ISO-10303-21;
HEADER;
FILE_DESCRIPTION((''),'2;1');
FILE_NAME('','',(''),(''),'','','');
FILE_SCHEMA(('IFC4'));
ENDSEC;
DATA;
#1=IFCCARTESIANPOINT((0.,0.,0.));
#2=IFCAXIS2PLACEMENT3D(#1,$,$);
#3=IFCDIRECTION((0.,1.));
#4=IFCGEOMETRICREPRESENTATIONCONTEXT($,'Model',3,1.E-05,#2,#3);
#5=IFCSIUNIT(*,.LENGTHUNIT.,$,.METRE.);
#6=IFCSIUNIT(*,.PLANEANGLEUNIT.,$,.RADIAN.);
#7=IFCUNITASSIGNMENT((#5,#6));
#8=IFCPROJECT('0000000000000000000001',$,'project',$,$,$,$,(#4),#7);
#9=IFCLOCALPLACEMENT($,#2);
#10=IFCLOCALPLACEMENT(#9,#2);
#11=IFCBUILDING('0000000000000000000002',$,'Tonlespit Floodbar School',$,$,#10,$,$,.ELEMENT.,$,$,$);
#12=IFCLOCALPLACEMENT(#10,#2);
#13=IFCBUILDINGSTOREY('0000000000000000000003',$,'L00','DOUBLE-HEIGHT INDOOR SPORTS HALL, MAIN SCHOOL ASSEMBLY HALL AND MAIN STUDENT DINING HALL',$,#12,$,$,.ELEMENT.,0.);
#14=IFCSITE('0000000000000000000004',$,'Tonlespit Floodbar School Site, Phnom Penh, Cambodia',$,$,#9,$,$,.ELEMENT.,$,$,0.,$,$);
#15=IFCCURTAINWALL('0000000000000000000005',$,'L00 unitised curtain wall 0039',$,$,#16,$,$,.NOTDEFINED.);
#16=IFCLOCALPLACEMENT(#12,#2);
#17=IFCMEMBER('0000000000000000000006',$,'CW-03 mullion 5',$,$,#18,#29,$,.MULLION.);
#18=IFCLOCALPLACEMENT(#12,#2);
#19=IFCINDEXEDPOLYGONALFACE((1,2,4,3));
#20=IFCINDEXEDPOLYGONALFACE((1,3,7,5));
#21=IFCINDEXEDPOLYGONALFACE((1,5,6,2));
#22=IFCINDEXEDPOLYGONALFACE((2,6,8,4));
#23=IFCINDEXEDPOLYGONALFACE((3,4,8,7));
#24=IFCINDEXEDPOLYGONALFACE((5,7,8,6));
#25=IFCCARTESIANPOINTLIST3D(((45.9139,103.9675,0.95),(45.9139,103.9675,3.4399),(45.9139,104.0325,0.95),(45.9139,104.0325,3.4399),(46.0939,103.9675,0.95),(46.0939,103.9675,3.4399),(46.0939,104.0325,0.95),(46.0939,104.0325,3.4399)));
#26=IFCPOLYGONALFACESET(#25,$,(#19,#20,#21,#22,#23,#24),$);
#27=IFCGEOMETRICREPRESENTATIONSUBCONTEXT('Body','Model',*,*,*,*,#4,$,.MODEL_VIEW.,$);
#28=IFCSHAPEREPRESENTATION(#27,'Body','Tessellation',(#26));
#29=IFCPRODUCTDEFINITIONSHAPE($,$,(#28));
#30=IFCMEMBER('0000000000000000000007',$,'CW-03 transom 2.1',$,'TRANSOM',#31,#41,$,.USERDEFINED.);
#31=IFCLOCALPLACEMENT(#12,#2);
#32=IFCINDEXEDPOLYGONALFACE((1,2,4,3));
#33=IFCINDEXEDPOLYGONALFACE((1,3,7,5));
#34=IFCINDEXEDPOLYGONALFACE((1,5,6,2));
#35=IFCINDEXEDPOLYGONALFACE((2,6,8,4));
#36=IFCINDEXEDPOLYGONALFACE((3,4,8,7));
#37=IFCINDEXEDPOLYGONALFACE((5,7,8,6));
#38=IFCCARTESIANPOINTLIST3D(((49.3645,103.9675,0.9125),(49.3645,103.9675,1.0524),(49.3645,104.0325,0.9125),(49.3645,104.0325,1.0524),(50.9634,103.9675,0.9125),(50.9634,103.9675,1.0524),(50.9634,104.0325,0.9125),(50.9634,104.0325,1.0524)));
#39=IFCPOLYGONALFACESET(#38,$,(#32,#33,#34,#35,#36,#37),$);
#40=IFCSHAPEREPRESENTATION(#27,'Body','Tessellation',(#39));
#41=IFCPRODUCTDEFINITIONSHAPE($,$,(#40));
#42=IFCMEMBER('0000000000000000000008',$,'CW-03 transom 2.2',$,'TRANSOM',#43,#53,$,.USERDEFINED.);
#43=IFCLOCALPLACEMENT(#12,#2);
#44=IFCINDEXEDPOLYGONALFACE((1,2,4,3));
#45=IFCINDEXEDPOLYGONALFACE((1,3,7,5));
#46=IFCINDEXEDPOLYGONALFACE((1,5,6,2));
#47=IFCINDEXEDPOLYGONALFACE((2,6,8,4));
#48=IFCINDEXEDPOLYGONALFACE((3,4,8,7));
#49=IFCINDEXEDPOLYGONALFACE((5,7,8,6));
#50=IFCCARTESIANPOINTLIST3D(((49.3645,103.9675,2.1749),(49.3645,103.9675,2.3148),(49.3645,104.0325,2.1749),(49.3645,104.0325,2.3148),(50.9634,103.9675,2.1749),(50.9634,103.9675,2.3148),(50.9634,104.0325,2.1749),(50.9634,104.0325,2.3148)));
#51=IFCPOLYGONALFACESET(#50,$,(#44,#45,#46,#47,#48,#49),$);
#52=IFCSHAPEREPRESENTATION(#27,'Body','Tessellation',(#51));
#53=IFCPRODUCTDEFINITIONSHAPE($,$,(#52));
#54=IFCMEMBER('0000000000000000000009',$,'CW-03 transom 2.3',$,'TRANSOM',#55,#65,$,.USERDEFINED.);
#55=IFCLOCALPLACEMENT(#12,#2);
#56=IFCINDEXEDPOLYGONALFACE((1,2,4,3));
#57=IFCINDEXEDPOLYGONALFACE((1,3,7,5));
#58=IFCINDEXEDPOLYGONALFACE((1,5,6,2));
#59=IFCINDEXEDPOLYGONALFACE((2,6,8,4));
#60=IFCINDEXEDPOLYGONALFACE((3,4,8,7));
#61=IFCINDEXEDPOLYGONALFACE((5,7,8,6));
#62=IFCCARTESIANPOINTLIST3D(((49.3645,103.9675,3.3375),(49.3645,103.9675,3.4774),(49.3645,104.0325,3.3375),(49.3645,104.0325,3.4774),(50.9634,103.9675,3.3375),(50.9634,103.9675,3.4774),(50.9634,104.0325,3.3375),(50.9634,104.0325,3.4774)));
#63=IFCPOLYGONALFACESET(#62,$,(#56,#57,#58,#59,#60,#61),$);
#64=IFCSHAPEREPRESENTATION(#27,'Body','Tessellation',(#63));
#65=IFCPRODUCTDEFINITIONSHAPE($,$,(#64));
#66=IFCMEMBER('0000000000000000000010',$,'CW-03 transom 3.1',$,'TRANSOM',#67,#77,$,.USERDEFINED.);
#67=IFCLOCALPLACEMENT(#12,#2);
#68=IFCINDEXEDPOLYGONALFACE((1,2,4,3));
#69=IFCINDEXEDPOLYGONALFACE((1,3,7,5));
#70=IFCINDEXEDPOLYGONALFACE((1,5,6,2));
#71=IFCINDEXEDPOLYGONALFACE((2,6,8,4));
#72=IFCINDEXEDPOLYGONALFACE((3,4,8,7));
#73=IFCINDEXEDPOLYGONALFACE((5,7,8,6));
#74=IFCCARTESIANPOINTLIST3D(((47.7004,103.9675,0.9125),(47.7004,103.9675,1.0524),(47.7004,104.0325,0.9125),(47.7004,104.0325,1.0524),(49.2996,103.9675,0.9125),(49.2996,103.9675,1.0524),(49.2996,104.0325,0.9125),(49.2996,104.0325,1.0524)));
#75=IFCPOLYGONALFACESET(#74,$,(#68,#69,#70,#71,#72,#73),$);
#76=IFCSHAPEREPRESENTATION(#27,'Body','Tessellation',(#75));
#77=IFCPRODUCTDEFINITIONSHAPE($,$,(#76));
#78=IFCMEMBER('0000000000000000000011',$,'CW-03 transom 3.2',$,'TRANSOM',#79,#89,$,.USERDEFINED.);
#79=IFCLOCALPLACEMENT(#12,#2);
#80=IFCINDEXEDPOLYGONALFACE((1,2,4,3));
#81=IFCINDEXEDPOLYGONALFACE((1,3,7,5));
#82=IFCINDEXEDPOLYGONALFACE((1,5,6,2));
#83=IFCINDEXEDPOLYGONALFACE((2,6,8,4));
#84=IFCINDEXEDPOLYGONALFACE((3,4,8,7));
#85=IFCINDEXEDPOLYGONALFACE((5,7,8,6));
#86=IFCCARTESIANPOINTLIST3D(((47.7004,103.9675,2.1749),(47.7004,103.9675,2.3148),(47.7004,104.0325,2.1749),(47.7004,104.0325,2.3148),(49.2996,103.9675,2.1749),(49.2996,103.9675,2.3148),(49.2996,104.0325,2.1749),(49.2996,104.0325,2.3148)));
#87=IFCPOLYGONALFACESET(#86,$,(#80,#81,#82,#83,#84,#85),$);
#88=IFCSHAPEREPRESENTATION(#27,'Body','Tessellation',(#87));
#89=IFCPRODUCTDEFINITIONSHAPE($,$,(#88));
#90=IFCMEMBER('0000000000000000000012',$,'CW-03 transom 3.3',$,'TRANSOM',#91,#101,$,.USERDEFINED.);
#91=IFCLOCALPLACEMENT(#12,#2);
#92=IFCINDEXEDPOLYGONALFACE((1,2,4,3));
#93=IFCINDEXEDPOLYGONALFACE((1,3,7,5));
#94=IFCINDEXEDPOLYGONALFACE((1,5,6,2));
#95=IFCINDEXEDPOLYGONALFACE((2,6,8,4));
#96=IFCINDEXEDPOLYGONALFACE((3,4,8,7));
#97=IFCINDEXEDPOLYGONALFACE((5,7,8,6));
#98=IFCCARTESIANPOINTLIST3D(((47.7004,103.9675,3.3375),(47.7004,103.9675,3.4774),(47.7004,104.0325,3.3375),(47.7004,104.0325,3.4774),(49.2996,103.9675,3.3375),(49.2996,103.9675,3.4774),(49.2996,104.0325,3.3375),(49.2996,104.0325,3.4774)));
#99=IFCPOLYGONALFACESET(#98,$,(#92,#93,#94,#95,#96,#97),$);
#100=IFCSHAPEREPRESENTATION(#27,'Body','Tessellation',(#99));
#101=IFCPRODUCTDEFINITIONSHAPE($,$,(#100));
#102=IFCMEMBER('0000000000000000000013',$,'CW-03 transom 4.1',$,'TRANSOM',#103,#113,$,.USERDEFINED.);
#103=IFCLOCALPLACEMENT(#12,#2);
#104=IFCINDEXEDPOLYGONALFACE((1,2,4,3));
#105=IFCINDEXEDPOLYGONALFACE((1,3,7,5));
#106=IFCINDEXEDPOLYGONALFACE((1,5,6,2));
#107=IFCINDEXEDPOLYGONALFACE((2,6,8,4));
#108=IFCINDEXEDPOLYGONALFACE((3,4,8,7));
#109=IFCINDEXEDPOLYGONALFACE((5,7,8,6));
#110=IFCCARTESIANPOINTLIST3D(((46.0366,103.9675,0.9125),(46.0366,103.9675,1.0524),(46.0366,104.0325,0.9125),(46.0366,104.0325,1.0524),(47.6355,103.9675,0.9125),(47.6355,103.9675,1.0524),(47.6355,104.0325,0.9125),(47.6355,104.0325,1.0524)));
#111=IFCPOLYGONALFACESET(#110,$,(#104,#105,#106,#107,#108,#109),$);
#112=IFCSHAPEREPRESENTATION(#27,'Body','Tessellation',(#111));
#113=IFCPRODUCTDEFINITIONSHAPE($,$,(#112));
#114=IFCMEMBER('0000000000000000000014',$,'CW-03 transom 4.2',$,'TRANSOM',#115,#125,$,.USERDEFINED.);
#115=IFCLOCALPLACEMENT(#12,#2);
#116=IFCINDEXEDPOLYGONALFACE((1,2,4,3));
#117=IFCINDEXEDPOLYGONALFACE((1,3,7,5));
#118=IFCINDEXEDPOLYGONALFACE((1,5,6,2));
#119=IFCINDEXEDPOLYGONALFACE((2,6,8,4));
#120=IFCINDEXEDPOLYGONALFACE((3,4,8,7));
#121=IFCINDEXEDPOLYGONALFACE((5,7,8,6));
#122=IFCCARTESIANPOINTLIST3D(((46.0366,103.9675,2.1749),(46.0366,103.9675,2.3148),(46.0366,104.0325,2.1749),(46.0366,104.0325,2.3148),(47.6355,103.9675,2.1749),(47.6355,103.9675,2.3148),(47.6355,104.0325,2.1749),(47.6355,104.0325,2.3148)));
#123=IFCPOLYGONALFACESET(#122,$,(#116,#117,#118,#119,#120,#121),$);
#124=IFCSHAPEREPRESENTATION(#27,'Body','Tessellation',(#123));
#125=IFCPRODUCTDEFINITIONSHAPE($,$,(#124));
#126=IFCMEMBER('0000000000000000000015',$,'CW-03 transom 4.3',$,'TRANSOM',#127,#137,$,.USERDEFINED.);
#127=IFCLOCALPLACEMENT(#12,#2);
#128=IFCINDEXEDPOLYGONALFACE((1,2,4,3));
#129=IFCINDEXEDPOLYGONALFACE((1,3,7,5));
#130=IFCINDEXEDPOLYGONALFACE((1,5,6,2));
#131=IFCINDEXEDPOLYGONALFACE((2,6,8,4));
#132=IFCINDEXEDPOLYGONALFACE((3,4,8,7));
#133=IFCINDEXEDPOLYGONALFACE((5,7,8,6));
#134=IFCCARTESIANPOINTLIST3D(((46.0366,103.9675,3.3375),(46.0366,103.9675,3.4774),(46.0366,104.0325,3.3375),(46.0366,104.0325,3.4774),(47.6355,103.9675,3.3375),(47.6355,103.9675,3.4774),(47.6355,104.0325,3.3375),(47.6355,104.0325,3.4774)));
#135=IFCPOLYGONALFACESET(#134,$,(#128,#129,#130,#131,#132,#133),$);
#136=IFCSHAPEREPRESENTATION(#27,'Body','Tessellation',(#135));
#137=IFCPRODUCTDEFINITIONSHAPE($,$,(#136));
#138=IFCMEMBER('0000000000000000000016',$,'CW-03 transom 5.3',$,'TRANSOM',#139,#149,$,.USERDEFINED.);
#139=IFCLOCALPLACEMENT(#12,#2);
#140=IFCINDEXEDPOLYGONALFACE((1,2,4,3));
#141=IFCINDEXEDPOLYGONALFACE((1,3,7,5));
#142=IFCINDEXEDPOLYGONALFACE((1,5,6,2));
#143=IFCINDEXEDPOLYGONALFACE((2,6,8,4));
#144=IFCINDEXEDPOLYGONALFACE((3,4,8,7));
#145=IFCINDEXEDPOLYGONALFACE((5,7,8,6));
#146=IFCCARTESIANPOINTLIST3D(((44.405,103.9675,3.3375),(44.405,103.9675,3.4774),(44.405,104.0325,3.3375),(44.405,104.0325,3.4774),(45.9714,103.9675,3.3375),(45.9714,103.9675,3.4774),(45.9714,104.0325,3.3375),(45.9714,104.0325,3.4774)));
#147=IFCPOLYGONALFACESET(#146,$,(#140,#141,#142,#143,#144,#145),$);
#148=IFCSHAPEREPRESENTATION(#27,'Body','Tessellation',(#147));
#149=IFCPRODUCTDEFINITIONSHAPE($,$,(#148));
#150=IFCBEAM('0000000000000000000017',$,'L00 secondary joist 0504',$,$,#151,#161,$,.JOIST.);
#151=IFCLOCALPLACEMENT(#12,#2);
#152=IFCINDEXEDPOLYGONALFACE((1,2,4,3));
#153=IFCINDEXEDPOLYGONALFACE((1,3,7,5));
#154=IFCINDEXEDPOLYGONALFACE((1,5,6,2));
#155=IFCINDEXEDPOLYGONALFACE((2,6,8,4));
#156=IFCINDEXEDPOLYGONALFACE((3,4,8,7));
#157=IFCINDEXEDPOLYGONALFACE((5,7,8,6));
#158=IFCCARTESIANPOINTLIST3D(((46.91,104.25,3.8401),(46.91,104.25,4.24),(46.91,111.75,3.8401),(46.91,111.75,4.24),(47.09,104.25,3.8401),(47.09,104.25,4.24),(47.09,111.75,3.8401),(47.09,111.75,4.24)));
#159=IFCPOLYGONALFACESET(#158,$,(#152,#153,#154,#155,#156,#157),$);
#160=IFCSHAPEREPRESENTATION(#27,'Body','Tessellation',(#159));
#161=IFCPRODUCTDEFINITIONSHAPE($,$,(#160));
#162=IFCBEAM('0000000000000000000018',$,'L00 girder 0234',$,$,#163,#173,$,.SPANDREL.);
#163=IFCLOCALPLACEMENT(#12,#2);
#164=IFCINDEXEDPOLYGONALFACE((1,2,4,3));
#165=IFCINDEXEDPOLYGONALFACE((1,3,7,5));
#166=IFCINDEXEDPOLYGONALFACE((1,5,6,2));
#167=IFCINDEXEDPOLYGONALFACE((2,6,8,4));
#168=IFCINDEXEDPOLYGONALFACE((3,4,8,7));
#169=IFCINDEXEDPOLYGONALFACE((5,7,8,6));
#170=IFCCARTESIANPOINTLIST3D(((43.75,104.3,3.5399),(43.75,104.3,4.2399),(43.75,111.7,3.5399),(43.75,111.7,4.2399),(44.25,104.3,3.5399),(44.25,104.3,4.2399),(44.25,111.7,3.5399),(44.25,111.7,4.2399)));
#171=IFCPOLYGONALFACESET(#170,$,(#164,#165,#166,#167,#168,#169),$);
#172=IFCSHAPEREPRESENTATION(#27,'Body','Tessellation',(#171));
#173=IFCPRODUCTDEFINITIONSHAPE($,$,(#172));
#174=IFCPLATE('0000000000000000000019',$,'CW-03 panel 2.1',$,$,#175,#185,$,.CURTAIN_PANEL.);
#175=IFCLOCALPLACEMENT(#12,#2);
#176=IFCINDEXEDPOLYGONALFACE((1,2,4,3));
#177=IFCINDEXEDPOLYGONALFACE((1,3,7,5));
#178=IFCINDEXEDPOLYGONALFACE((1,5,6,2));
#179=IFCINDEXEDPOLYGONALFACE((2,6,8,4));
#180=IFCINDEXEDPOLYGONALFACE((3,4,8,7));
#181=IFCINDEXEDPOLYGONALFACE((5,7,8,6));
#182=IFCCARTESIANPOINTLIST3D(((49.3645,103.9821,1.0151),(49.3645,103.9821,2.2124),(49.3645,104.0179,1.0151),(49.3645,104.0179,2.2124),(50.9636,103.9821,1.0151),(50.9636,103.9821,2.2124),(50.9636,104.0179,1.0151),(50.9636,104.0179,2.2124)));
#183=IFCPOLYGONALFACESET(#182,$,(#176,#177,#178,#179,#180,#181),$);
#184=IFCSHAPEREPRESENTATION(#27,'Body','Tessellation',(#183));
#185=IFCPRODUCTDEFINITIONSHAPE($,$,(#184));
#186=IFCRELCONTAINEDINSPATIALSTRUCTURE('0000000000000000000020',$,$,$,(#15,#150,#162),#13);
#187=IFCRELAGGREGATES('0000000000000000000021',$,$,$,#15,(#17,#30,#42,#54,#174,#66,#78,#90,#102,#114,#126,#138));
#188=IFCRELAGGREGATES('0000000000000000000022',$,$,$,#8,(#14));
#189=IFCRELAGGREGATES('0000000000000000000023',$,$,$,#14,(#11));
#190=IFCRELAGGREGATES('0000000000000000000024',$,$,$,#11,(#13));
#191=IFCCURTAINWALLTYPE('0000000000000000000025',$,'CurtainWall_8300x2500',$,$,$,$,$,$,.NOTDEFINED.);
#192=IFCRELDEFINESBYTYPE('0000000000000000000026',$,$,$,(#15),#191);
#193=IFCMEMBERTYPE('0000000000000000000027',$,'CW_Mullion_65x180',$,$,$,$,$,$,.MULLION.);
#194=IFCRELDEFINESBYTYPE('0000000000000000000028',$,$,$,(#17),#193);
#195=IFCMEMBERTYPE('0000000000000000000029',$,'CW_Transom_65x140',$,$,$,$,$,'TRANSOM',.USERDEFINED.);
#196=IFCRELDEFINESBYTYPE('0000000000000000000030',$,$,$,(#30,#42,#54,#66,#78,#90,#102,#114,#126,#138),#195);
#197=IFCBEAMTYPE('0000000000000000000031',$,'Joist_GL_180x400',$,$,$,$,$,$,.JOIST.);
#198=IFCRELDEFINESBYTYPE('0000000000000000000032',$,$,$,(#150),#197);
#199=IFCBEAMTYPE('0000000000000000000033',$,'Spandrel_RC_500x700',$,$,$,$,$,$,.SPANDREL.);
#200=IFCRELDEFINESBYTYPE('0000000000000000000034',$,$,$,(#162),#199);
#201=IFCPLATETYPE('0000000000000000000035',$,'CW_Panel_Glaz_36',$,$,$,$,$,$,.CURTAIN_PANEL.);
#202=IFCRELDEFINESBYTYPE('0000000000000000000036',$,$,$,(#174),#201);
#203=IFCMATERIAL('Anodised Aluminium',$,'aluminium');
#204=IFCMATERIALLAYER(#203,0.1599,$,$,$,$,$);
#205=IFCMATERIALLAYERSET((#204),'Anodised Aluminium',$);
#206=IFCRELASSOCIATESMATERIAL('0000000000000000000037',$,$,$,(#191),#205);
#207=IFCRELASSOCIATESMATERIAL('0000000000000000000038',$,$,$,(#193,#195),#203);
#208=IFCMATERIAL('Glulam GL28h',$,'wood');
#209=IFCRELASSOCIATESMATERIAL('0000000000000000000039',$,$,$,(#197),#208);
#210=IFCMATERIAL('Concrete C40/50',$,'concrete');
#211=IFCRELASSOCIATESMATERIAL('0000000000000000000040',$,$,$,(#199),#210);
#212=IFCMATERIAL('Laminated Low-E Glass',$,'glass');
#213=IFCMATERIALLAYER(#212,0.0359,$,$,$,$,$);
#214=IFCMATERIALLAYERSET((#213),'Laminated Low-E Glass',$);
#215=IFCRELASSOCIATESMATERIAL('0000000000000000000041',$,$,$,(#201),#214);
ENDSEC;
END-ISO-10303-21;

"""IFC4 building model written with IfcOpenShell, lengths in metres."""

from ifc_helpers import new_model, si_unit, direction, frame, origin, origin_2d, place, context, subcontext, project, spatial, rectangle, extrude, material, layer, layer_set, material_profile, profile_set, type_object, element, aggregate, save


model = new_model("IFC4")

# Units and contexts
model_context = context("Model", 3, precision=1e-05, world=origin(), true_north=direction((0.0, 1.0)))
body_context = subcontext(model_context, "Body", "Model", "MODEL_VIEW")
ifc_project = project(units=[si_unit("LENGTHUNIT", "METRE"), si_unit("PLANEANGLEUNIT", "RADIAN")], contexts=[model_context])

# Site, building, storey
site_placement = place(None, origin())
site = spatial("IfcSite", under=ifc_project, at=site_placement, Name="Tonlespit Floodbar School Site, Phnom Penh, Cambodia", CompositionType="ELEMENT", RefElevation=0.0)
building_placement = place(site_placement, origin())
building = spatial("IfcBuilding", under=site, at=building_placement, Name="Tonlespit Floodbar School", CompositionType="ELEMENT")
storey_placement = place(building_placement, origin())
storey = spatial("IfcBuildingStorey", under=building, at=storey_placement, Name="L00", Description="DOUBLE-HEIGHT INDOOR SPORTS HALL, MAIN SCHOOL ASSEMBLY HALL AND MAIN STUDENT DINING HALL", CompositionType="ELEMENT", Elevation=0.0)

# Shared definitions
ifc_material_1 = material(Name="Concrete C40/50", Category="concrete")

# Curtain wall, members
ifc_material_2 = material(Name="Anodised Aluminium", Category="aluminium")
ifc_layer_1 = layer(ifc_material_2, 0.1599)
ifc_layer_set_1 = layer_set([ifc_layer_1], Name="Anodised Aluminium")
curtain_wall_type = type_object("IfcCurtainWallType", Name="CurtainWall_8300x2500", PredefinedType="NOTDEFINED", material=ifc_layer_set_1)
curtain_wall_placement = place(storey_placement, origin())
curtain_wall = element("IfcCurtainWall", 1, at=curtain_wall_placement, inside=storey, type_object=curtain_wall_type, Name="L00 unitised curtain wall 0039", PredefinedType="NOTDEFINED")
ifc_material_profile_1 = material_profile(ifc_material_2, rectangle(XDim=0.0649, YDim=0.1799, at=origin_2d()), Name="ALU M65x180")
ifc_profile_set_1 = profile_set([ifc_material_profile_1], Name="Anodised Aluminium")
member_type_1 = type_object("IfcMemberType", Name="CW_Mullion_65x180", PredefinedType="MULLION", material=ifc_profile_set_1)
member_1_placement = place(storey_placement, frame((46.0039, 104.0, 0.95), z_axis=(0.0, 0.0, 1.0), x_axis=(0.0, -1.0, 0.0)))
member_1 = element("IfcMember", 2, at=member_1_placement, type_object=member_type_1, Name="CW-03 mullion 5", PredefinedType="MULLION", context=body_context, shape_type="SweptSolid", body=[
    extrude(rectangle(XDim=0.0649, YDim=0.1799, at=origin_2d()), origin(), (0.0, 0.0, 1.0), 2.49),
])
ifc_material_profile_2 = material_profile(ifc_material_2, rectangle(XDim=0.0649, YDim=0.1399, at=origin_2d()), Name="ALU T65x140")
ifc_profile_set_2 = profile_set([ifc_material_profile_2], Name="Anodised Aluminium")
member_type_2 = type_object("IfcMemberType", Name="CW_Transom_65x140", ElementType="TRANSOM", PredefinedType="USERDEFINED", material=ifc_profile_set_2)
member_2_placement = place(storey_placement, frame((50.9634, 104.0, 0.9824), z_axis=(-1.0, 0.0, 0.0), x_axis=(0.0, -1.0, 0.0)))
member_2 = element("IfcMember", 3, at=member_2_placement, type_object=member_type_2, Name="CW-03 transom 2.1", ObjectType="TRANSOM", PredefinedType="USERDEFINED", context=body_context, shape_type="SweptSolid", body=[
    extrude(rectangle(XDim=0.0649, YDim=0.1399, at=origin_2d()), origin(), (0.0, 0.0, 1.0), 1.5989),
])
member_3_placement = place(storey_placement, frame((50.9634, 104.0, 2.2449), z_axis=(-1.0, 0.0, 0.0), x_axis=(0.0, -1.0, 0.0)))
member_3 = element("IfcMember", 4, at=member_3_placement, type_object=member_type_2, Name="CW-03 transom 2.2", ObjectType="TRANSOM", PredefinedType="USERDEFINED", context=body_context, shape_type="SweptSolid", body=[
    extrude(rectangle(XDim=0.0649, YDim=0.1399, at=origin_2d()), origin(), (0.0, 0.0, 1.0), 1.5989),
])
member_4_placement = place(storey_placement, frame((50.9634, 104.0, 3.4075), z_axis=(-1.0, 0.0, 0.0), x_axis=(0.0, -1.0, 0.0)))
member_4 = element("IfcMember", 5, at=member_4_placement, type_object=member_type_2, Name="CW-03 transom 2.3", ObjectType="TRANSOM", PredefinedType="USERDEFINED", context=body_context, shape_type="SweptSolid", body=[
    extrude(rectangle(XDim=0.0649, YDim=0.1399, at=origin_2d()), origin(), (0.0, 0.0, 1.0), 1.5989),
])
member_5_placement = place(storey_placement, frame((49.2996, 104.0, 0.9824), z_axis=(-1.0, 0.0, 0.0), x_axis=(0.0, -1.0, 0.0)))
member_5 = element("IfcMember", 6, at=member_5_placement, type_object=member_type_2, Name="CW-03 transom 3.1", ObjectType="TRANSOM", PredefinedType="USERDEFINED", context=body_context, shape_type="SweptSolid", body=[
    extrude(rectangle(XDim=0.0649, YDim=0.1399, at=origin_2d()), origin(), (0.0, 0.0, 1.0), 1.5991),
])
member_6_placement = place(storey_placement, frame((49.2996, 104.0, 2.2449), z_axis=(-1.0, 0.0, 0.0), x_axis=(0.0, -1.0, 0.0)))
member_6 = element("IfcMember", 7, at=member_6_placement, type_object=member_type_2, Name="CW-03 transom 3.2", ObjectType="TRANSOM", PredefinedType="USERDEFINED", context=body_context, shape_type="SweptSolid", body=[
    extrude(rectangle(XDim=0.0649, YDim=0.1399, at=origin_2d()), origin(), (0.0, 0.0, 1.0), 1.5991),
])
member_7_placement = place(storey_placement, frame((49.2996, 104.0, 3.4075), z_axis=(-1.0, 0.0, 0.0), x_axis=(0.0, -1.0, 0.0)))
member_7 = element("IfcMember", 8, at=member_7_placement, type_object=member_type_2, Name="CW-03 transom 3.3", ObjectType="TRANSOM", PredefinedType="USERDEFINED", context=body_context, shape_type="SweptSolid", body=[
    extrude(rectangle(XDim=0.0649, YDim=0.1399, at=origin_2d()), origin(), (0.0, 0.0, 1.0), 1.5991),
])
member_8_placement = place(storey_placement, frame((47.6355, 104.0, 0.9824), z_axis=(-1.0, 0.0, 0.0), x_axis=(0.0, -1.0, 0.0)))
member_8 = element("IfcMember", 9, at=member_8_placement, type_object=member_type_2, Name="CW-03 transom 4.1", ObjectType="TRANSOM", PredefinedType="USERDEFINED", context=body_context, shape_type="SweptSolid", body=[
    extrude(rectangle(XDim=0.0649, YDim=0.1399, at=origin_2d()), origin(), (0.0, 0.0, 1.0), 1.5989),
])
member_9_placement = place(storey_placement, frame((47.6355, 104.0, 2.2449), z_axis=(-1.0, 0.0, 0.0), x_axis=(0.0, -1.0, 0.0)))
member_9 = element("IfcMember", 10, at=member_9_placement, type_object=member_type_2, Name="CW-03 transom 4.2", ObjectType="TRANSOM", PredefinedType="USERDEFINED", context=body_context, shape_type="SweptSolid", body=[
    extrude(rectangle(XDim=0.0649, YDim=0.1399, at=origin_2d()), origin(), (0.0, 0.0, 1.0), 1.5989),
])
member_10_placement = place(storey_placement, frame((47.6355, 104.0, 3.4075), z_axis=(-1.0, 0.0, 0.0), x_axis=(0.0, -1.0, 0.0)))
member_10 = element("IfcMember", 11, at=member_10_placement, type_object=member_type_2, Name="CW-03 transom 4.3", ObjectType="TRANSOM", PredefinedType="USERDEFINED", context=body_context, shape_type="SweptSolid", body=[
    extrude(rectangle(XDim=0.0649, YDim=0.1399, at=origin_2d()), origin(), (0.0, 0.0, 1.0), 1.5989),
])
member_11_placement = place(storey_placement, frame((45.9714, 104.0, 3.4075), z_axis=(-1.0, 0.0, 0.0), x_axis=(0.0, -1.0, 0.0)))
member_11 = element("IfcMember", 12, at=member_11_placement, type_object=member_type_2, Name="CW-03 transom 5.3", ObjectType="TRANSOM", PredefinedType="USERDEFINED", context=body_context, shape_type="SweptSolid", body=[
    extrude(rectangle(XDim=0.0649, YDim=0.1399, at=origin_2d()), origin(), (0.0, 0.0, 1.0), 1.5664),
])

# Beams
ifc_material_3 = material(Name="Glulam GL28h", Category="wood")
ifc_material_profile_3 = material_profile(ifc_material_3, rectangle(XDim=0.1799, YDim=0.3999, at=origin_2d()), Name="GL 180x400")
ifc_profile_set_3 = profile_set([ifc_material_profile_3], Name="Glulam GL28h")
beam_type_1 = type_object("IfcBeamType", Name="Joist_GL_180x400", PredefinedType="JOIST", material=ifc_profile_set_3)
beam_1_placement = place(storey_placement, frame((47.0, 104.25, 4.04), z_axis=(0.0, 1.0, 0.0), x_axis=(-1.0, 0.0, 0.0)))
element("IfcBeam", 13, at=beam_1_placement, inside=storey, type_object=beam_type_1, Name="L00 secondary joist 0504", PredefinedType="JOIST", context=body_context, shape_type="SweptSolid", body=[
    extrude(rectangle(XDim=0.1799, YDim=0.3999, at=origin_2d()), origin(), (0.0, 0.0, 1.0), 7.5),
])
ifc_material_profile_4 = material_profile(ifc_material_1, rectangle(XDim=0.5, YDim=0.7, at=origin_2d()), Name="RC 500x700")
ifc_profile_set_4 = profile_set([ifc_material_profile_4], Name="Concrete C40/50")
beam_type_2 = type_object("IfcBeamType", Name="Spandrel_RC_500x700", PredefinedType="SPANDREL", material=ifc_profile_set_4)
beam_2_placement = place(storey_placement, frame((44.0, 104.3, 3.8899), z_axis=(0.0, 1.0, 0.0), x_axis=(-1.0, 0.0, 0.0)))
element("IfcBeam", 14, at=beam_2_placement, inside=storey, type_object=beam_type_2, Name="L00 girder 0234", PredefinedType="SPANDREL", context=body_context, shape_type="SweptSolid", body=[
    extrude(rectangle(XDim=0.5, YDim=0.7, at=origin_2d()), origin(), (0.0, 0.0, 1.0), 7.3999),
])

# Plate
ifc_material_4 = material(Name="Laminated Low-E Glass", Category="glass")
ifc_layer_2 = layer(ifc_material_4, 0.0359)
ifc_layer_set_2 = layer_set([ifc_layer_2], Name="Laminated Low-E Glass")
plate_type = type_object("IfcPlateType", Name="CW_Panel_Glaz_36", PredefinedType="CURTAIN_PANEL", material=ifc_layer_set_2)
plate_1_placement = place(storey_placement, frame((50.1641, 104.0, 1.0151), z_axis=(0.0, 0.0, 1.0), x_axis=(-1.0, 0.0, 0.0)))
plate_1 = element("IfcPlate", 15, at=plate_1_placement, type_object=plate_type, Name="CW-03 panel 2.1", PredefinedType="CURTAIN_PANEL", context=body_context, shape_type="SweptSolid", body=[
    extrude(rectangle(XDim=1.5991, YDim=0.0359, at=origin_2d()), origin(), (0.0, 0.0, 1.0), 1.1973),
])
aggregate(curtain_wall, [member_1, member_2, member_3, member_4, plate_1, member_5, member_6, member_7, member_8, member_9, member_10, member_11])

save(model, "model.ifc")
